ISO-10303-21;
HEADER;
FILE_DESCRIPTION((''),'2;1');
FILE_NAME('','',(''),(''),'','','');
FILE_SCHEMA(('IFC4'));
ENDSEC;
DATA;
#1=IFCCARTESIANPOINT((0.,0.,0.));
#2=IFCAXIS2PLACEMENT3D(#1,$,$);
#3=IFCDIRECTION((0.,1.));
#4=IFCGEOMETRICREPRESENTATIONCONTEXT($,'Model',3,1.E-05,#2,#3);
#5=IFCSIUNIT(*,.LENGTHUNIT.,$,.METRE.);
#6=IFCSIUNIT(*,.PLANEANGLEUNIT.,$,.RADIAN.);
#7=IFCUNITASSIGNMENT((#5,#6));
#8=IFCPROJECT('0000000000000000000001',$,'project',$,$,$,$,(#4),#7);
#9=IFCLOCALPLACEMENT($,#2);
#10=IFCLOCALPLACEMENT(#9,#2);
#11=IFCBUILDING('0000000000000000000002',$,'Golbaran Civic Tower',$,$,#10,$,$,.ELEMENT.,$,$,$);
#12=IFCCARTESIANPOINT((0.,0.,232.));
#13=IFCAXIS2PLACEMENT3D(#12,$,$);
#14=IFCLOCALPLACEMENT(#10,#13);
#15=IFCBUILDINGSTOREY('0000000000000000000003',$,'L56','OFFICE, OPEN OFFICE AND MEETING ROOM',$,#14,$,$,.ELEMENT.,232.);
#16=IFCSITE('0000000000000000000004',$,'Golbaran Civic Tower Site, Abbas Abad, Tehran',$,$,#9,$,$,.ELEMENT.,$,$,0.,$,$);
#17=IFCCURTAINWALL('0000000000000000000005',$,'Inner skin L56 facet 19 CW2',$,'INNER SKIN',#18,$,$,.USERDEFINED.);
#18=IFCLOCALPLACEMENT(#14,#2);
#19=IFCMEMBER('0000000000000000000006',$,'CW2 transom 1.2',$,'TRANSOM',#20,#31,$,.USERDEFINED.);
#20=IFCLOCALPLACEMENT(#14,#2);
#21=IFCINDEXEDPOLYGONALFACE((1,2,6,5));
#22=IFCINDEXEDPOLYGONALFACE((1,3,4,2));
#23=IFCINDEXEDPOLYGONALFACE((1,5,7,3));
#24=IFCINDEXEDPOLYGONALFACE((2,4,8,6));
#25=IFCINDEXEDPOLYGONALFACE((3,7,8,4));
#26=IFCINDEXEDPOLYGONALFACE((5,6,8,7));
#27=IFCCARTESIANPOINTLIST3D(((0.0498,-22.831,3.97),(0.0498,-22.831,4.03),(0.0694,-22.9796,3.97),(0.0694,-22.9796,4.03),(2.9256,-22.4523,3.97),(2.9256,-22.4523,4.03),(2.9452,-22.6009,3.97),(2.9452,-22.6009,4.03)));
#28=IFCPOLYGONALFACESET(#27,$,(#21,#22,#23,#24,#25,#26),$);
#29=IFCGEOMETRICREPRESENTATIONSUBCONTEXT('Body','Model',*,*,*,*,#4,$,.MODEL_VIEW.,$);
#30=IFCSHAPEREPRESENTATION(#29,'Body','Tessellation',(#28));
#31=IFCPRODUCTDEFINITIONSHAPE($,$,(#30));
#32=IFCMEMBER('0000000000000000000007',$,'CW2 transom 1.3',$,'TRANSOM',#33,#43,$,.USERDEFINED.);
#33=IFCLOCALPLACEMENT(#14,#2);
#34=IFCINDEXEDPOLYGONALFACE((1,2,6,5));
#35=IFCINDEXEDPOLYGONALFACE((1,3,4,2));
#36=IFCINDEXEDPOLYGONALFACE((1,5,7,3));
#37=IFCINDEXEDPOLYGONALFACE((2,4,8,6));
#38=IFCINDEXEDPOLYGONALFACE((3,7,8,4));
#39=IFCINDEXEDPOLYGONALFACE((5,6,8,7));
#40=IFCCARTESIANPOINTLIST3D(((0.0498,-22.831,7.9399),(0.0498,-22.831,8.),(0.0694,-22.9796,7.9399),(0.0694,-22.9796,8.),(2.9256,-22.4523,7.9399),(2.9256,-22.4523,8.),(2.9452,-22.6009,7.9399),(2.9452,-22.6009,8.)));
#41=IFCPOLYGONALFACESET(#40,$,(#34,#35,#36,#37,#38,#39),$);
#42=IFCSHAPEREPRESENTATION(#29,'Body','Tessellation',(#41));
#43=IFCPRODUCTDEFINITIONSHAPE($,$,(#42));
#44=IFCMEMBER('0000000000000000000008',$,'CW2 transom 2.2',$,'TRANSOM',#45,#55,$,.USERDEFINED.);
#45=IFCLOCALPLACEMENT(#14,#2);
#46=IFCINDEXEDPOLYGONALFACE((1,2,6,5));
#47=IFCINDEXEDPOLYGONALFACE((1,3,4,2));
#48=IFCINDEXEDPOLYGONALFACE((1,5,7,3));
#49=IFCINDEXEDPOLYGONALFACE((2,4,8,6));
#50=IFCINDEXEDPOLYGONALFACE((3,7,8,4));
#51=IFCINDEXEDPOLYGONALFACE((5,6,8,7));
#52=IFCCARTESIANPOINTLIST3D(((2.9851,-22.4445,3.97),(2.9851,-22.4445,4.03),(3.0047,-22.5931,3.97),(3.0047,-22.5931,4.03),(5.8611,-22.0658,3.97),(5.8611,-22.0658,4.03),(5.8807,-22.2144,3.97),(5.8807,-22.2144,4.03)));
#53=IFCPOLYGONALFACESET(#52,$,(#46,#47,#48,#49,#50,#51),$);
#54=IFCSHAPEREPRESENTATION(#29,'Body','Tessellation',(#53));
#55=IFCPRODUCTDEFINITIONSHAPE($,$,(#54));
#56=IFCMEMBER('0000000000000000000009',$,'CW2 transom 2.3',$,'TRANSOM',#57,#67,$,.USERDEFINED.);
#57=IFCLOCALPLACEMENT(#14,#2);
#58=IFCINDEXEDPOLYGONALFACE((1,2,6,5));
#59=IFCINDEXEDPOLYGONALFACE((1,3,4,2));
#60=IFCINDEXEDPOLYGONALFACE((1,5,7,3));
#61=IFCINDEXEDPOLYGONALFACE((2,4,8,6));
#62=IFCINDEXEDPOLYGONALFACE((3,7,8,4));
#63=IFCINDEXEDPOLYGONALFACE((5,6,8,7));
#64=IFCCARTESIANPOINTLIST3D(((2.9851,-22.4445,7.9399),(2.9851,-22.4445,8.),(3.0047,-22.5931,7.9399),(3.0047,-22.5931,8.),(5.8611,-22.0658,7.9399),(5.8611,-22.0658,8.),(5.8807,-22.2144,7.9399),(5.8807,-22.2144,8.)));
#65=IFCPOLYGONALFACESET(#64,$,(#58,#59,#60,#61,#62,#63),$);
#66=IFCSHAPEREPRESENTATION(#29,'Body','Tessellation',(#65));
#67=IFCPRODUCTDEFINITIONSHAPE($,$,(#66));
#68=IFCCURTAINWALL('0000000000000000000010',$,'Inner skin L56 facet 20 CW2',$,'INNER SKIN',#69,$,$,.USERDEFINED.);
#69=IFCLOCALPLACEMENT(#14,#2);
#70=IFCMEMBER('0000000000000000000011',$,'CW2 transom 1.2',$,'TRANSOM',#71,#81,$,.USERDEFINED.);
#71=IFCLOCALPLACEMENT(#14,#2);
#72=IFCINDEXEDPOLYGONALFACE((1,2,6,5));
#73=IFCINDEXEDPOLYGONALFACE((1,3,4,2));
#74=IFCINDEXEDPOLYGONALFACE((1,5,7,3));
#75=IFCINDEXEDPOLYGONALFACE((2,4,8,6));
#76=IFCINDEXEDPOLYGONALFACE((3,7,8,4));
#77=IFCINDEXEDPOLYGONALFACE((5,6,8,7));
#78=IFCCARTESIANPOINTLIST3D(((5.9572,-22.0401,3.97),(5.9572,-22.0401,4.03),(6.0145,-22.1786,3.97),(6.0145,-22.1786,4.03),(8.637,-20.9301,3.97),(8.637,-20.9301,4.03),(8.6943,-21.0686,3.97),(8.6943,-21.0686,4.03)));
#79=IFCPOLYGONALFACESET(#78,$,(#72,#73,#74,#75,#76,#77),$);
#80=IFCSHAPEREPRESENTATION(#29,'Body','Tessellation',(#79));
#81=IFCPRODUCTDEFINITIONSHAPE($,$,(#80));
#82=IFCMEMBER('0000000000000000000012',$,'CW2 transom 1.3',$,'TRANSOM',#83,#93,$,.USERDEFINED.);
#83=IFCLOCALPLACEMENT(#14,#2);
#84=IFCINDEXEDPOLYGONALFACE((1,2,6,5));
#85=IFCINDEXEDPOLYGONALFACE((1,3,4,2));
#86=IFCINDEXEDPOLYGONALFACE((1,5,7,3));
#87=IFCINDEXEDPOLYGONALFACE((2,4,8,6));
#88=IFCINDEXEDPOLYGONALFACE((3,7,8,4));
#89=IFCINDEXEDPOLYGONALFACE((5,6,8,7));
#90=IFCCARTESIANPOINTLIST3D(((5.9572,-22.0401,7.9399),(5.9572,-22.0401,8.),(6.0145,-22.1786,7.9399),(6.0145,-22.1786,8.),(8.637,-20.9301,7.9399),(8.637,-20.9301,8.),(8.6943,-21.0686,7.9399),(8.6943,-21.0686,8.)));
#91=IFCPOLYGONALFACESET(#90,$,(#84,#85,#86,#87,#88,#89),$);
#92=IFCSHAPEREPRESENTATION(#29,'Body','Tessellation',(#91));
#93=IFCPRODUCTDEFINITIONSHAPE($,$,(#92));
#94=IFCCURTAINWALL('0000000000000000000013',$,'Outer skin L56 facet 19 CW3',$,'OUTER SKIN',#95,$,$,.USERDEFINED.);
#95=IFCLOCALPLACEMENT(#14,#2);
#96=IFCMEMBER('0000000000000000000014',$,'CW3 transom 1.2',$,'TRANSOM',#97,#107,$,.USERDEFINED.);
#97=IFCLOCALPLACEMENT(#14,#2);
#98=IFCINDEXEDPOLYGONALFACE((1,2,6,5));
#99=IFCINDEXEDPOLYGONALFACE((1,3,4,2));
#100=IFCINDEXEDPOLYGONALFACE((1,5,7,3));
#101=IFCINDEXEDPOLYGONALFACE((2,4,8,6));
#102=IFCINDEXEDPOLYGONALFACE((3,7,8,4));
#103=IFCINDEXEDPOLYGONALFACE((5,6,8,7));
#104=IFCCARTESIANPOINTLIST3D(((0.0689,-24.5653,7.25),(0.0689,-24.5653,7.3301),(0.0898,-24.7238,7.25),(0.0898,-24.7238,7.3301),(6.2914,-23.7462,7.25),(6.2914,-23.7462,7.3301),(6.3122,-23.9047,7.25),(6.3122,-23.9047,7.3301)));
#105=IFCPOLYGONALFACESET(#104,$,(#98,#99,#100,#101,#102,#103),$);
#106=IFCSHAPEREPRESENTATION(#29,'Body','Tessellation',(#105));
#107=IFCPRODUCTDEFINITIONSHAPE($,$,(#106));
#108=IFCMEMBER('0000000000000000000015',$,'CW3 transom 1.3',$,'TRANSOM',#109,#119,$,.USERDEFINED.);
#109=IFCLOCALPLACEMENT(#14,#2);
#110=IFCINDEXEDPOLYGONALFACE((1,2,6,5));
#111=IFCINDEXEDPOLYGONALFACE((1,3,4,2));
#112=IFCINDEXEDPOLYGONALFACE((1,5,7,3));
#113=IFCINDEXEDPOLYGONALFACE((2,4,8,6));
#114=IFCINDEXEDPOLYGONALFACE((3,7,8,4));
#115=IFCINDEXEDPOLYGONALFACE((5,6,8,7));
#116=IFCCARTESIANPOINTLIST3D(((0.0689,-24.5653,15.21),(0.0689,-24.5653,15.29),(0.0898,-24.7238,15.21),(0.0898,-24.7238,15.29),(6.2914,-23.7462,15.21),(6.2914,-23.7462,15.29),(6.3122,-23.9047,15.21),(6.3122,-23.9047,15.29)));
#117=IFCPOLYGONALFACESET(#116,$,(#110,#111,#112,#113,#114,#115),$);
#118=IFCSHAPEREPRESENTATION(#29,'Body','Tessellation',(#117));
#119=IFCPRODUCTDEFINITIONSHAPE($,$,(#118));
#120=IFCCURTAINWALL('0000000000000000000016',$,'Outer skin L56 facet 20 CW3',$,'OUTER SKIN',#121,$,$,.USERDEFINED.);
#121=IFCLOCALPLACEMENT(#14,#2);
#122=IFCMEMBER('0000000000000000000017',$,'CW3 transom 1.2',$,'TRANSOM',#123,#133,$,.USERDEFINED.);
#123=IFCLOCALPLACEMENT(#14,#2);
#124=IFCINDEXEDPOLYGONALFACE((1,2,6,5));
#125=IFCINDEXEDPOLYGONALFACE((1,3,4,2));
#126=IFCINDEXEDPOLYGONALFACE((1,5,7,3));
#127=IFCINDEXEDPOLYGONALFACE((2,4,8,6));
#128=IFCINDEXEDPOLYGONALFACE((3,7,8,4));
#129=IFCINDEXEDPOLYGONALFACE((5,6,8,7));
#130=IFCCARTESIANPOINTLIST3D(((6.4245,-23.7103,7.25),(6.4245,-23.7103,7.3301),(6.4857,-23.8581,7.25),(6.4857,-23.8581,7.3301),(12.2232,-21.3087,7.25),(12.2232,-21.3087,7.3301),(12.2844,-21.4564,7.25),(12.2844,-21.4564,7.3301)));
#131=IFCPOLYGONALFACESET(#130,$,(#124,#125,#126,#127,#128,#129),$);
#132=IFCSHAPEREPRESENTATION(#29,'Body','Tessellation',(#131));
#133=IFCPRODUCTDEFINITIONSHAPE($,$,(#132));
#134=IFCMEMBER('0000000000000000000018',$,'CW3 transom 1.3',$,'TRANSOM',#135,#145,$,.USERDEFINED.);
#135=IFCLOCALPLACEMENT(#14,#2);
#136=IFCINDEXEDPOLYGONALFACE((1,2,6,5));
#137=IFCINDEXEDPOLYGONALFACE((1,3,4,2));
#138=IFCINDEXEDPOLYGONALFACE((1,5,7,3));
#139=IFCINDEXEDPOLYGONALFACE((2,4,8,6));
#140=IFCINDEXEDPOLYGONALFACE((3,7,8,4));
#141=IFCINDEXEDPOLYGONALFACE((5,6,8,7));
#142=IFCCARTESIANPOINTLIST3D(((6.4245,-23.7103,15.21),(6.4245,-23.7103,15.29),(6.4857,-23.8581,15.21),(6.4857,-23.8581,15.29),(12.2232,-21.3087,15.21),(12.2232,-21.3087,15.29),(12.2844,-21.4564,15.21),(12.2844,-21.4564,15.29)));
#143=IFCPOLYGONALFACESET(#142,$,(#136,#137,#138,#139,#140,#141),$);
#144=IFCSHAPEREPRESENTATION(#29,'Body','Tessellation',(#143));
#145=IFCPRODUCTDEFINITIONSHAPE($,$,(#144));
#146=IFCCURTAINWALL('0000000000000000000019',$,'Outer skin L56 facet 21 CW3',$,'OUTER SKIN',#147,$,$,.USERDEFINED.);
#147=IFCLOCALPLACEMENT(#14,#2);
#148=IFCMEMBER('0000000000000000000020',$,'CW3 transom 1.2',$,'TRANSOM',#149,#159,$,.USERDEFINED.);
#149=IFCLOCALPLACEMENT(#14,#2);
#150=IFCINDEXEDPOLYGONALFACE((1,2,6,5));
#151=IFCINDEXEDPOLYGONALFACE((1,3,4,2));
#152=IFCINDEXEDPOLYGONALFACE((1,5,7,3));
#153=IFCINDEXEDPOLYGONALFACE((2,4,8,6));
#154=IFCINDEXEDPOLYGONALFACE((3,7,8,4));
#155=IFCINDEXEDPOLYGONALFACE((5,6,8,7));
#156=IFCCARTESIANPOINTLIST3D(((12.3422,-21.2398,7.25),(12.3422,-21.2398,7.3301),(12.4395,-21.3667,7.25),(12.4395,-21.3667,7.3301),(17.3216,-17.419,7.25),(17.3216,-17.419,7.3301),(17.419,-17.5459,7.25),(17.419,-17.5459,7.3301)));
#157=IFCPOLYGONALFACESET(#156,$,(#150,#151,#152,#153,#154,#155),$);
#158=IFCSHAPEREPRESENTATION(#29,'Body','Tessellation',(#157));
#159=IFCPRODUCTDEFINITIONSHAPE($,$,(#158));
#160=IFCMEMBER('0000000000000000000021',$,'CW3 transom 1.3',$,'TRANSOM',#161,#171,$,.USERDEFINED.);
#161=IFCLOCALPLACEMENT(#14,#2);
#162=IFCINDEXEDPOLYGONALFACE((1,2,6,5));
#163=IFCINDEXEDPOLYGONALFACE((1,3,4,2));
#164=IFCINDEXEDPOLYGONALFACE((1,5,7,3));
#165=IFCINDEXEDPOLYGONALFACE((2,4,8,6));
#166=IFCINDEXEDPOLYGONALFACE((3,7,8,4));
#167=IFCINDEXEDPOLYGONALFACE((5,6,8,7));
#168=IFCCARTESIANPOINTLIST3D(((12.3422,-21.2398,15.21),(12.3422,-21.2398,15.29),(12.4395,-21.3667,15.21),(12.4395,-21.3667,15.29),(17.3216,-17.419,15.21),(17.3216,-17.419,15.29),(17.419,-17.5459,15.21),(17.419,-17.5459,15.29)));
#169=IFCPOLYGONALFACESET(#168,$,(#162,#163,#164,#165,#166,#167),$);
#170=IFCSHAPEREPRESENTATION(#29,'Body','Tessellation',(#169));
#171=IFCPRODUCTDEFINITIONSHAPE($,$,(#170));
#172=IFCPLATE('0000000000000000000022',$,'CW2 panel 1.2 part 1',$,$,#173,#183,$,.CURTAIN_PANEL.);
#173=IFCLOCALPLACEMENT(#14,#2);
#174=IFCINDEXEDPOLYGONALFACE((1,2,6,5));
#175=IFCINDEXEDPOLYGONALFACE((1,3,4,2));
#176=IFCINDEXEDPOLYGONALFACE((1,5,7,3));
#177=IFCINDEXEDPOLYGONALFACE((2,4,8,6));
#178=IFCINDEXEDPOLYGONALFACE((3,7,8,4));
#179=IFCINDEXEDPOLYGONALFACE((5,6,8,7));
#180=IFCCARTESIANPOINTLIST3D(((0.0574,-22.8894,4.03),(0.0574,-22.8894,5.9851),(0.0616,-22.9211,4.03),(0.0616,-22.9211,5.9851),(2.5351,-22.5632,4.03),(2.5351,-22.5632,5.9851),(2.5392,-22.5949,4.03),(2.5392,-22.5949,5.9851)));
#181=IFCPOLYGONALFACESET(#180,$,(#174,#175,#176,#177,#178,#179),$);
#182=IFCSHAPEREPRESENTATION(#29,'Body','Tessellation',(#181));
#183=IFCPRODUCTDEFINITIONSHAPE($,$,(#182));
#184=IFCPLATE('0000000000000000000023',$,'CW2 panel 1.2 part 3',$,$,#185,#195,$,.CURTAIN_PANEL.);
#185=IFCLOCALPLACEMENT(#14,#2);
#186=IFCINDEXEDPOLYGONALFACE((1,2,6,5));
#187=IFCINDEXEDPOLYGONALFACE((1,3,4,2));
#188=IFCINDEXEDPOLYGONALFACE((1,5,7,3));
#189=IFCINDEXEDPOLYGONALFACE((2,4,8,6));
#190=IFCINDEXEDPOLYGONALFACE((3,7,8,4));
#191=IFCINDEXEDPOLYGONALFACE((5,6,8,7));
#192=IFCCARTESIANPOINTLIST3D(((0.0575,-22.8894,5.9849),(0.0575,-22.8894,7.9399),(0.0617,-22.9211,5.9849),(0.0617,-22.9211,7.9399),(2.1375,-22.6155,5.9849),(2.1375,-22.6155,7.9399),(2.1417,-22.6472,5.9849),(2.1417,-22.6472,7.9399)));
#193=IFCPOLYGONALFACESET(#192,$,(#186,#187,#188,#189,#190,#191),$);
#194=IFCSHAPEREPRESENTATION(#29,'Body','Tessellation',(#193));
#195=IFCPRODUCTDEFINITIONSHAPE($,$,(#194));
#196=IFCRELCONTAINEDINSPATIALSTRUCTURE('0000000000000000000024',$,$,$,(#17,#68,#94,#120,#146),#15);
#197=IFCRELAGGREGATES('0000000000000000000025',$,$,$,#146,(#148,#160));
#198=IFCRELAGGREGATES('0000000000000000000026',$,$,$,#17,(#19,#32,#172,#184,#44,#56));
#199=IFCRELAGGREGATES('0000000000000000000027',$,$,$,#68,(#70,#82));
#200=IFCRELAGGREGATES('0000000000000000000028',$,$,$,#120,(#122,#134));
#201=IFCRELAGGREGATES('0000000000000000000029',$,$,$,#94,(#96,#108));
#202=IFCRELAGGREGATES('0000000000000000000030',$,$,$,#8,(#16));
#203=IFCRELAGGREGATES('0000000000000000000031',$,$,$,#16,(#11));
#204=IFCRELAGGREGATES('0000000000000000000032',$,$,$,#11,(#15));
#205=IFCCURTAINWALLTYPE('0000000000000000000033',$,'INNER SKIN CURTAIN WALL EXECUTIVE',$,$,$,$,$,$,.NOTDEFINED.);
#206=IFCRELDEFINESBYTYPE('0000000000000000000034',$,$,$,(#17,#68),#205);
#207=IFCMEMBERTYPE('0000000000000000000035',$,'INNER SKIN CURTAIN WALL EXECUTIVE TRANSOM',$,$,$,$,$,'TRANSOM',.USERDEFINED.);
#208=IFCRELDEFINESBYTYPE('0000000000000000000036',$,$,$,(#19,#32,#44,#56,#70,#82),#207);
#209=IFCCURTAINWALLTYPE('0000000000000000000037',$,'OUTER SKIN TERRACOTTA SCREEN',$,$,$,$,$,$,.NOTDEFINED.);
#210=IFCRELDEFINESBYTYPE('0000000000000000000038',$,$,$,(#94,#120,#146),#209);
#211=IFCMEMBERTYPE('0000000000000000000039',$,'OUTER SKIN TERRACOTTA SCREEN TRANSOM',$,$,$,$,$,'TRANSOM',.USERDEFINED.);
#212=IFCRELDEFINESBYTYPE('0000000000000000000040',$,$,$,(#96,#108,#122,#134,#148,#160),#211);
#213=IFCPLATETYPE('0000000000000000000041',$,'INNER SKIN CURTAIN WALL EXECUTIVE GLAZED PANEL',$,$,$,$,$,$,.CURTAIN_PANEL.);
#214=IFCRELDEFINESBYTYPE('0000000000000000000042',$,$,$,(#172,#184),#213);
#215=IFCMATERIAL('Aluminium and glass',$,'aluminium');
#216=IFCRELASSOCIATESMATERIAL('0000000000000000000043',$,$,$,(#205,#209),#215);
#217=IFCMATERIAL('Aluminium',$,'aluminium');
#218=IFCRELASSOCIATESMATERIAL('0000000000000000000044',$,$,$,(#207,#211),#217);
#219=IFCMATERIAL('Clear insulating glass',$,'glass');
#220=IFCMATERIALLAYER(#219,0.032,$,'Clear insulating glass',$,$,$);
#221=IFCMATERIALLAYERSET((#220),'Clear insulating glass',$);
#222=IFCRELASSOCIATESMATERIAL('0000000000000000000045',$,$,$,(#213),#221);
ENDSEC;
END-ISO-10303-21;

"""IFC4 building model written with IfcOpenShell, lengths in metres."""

from ifc_helpers import new_model, si_unit, direction, frame, origin, origin_2d, place, context, subcontext, project, spatial, rectangle, extrude, material, layer, layer_set, material_profile, profile_set, type_object, element, aggregate, save


model = new_model("IFC4")

# Units and contexts
model_context = context("Model", 3, precision=1e-05, world=origin(), true_north=direction((0.0, 1.0)))
body_context = subcontext(model_context, "Body", "Model", "MODEL_VIEW")
ifc_project = project(units=[si_unit("LENGTHUNIT", "METRE"), si_unit("PLANEANGLEUNIT", "RADIAN")], contexts=[model_context])

# Site, building, storey
site_placement = place(None, origin())
site = spatial("IfcSite", under=ifc_project, at=site_placement, Name="Golbaran Civic Tower Site, Abbas Abad, Tehran", CompositionType="ELEMENT", RefElevation=0.0)
building_placement = place(site_placement, origin())
building = spatial("IfcBuilding", under=site, at=building_placement, Name="Golbaran Civic Tower", CompositionType="ELEMENT")
storey_placement = place(building_placement, frame((0.0, 0.0, 232.0)))
storey = spatial("IfcBuildingStorey", under=building, at=storey_placement, Name="L56", Description="OFFICE, OPEN OFFICE AND MEETING ROOM", CompositionType="ELEMENT", Elevation=232.0)

# Curtain walls, members
ifc_material_1 = material(Name="Aluminium and glass", Category="aluminium")
curtain_wall_type_1 = type_object("IfcCurtainWallType", Name="INNER SKIN CURTAIN WALL EXECUTIVE", PredefinedType="NOTDEFINED", material=ifc_material_1)
curtain_wall_1_placement = place(storey_placement, origin())
curtain_wall_1 = element("IfcCurtainWall", 1, at=curtain_wall_1_placement, inside=storey, type_object=curtain_wall_type_1, Name="Inner skin L56 facet 19 CW2", ObjectType="INNER SKIN", PredefinedType="USERDEFINED")
ifc_material_2 = material(Name="Aluminium", Category="aluminium")
ifc_material_profile_1 = material_profile(ifc_material_2, rectangle(XDim=0.1499, YDim=0.0601, at=origin_2d()), Name="INNER SKIN CURTAIN WALL EXECUTIVE TRANSOM")
ifc_profile_set_1 = profile_set([ifc_material_profile_1], Name="Aluminium")
member_type_1 = type_object("IfcMemberType", Name="INNER SKIN CURTAIN WALL EXECUTIVE TRANSOM", ElementType="TRANSOM", PredefinedType="USERDEFINED", material=ifc_profile_set_1)
member_1_placement = place(storey_placement, frame((0.0596, -22.9053, 4.0), z_axis=(0.991442, 0.130548, 0.0), x_axis=(-0.130548, 0.991442, 0.0)))
member_1 = element("IfcMember", 2, at=member_1_placement, type_object=member_type_1, Name="CW2 transom 1.2", ObjectType="TRANSOM", PredefinedType="USERDEFINED", context=body_context, shape_type="SweptSolid", body=[
    extrude(rectangle(XDim=0.1499, YDim=0.0601, at=origin_2d()), origin(), (0.0, 0.0, 1.0), 2.9006),
])
member_2_placement = place(storey_placement, frame((0.0596, -22.9053, 7.97), z_axis=(0.991442, 0.130548, 0.0), x_axis=(-0.130548, 0.991442, 0.0)))
member_2 = element("IfcMember", 3, at=member_2_placement, type_object=member_type_1, Name="CW2 transom 1.3", ObjectType="TRANSOM", PredefinedType="USERDEFINED", context=body_context, shape_type="SweptSolid", body=[
    extrude(rectangle(XDim=0.1499, YDim=0.0601, at=origin_2d()), origin(), (0.0, 0.0, 1.0), 2.9006),
])
member_3_placement = place(storey_placement, frame((2.9949, -22.5188, 4.0), z_axis=(0.991443, 0.130537, 0.0), x_axis=(-0.130537, 0.991443, 0.0)))
member_3 = element("IfcMember", 4, at=member_3_placement, type_object=member_type_1, Name="CW2 transom 2.2", ObjectType="TRANSOM", PredefinedType="USERDEFINED", context=body_context, shape_type="SweptSolid", body=[
    extrude(rectangle(XDim=0.1499, YDim=0.0601, at=origin_2d()), origin(), (0.0, 0.0, 1.0), 2.9009),
])
member_4_placement = place(storey_placement, frame((2.9949, -22.5188, 7.97), z_axis=(0.991443, 0.130537, 0.0), x_axis=(-0.130537, 0.991443, 0.0)))
member_4 = element("IfcMember", 5, at=member_4_placement, type_object=member_type_1, Name="CW2 transom 2.3", ObjectType="TRANSOM", PredefinedType="USERDEFINED", context=body_context, shape_type="SweptSolid", body=[
    extrude(rectangle(XDim=0.1499, YDim=0.0601, at=origin_2d()), origin(), (0.0, 0.0, 1.0), 2.9009),
])
curtain_wall_2_placement = place(storey_placement, origin())
curtain_wall_2 = element("IfcCurtainWall", 6, at=curtain_wall_2_placement, inside=storey, type_object=curtain_wall_type_1, Name="Inner skin L56 facet 20 CW2", ObjectType="INNER SKIN", PredefinedType="USERDEFINED")
member_5_placement = place(storey_placement, frame((5.9858, -22.1094, 4.0), z_axis=(0.923874, 0.382696, 0.0), x_axis=(-0.382696, 0.923874, 0.0)))
member_5 = element("IfcMember", 7, at=member_5_placement, type_object=member_type_1, Name="CW2 transom 1.2", ObjectType="TRANSOM", PredefinedType="USERDEFINED", context=body_context, shape_type="SweptSolid", body=[
    extrude(rectangle(XDim=0.1499, YDim=0.0601, at=origin_2d()), origin(), (0.0, 0.0, 1.0), 2.9006),
])
member_6_placement = place(storey_placement, frame((5.9858, -22.1094, 7.97), z_axis=(0.923874, 0.382696, 0.0), x_axis=(-0.382696, 0.923874, 0.0)))
member_6 = element("IfcMember", 8, at=member_6_placement, type_object=member_type_1, Name="CW2 transom 1.3", ObjectType="TRANSOM", PredefinedType="USERDEFINED", context=body_context, shape_type="SweptSolid", body=[
    extrude(rectangle(XDim=0.1499, YDim=0.0601, at=origin_2d()), origin(), (0.0, 0.0, 1.0), 2.9006),
])
curtain_wall_type_2 = type_object("IfcCurtainWallType", Name="OUTER SKIN TERRACOTTA SCREEN", PredefinedType="NOTDEFINED", material=ifc_material_1)
curtain_wall_3_placement = place(storey_placement, origin())
curtain_wall_3 = element("IfcCurtainWall", 9, at=curtain_wall_3_placement, inside=storey, type_object=curtain_wall_type_2, Name="Outer skin L56 facet 19 CW3", ObjectType="OUTER SKIN", PredefinedType="USERDEFINED")
ifc_material_profile_2 = material_profile(ifc_material_2, rectangle(XDim=0.1599, YDim=0.0801, at=origin_2d()), Name="OUTER SKIN TERRACOTTA SCREEN TRANSOM")
ifc_profile_set_2 = profile_set([ifc_material_profile_2], Name="Aluminium")
member_type_2 = type_object("IfcMemberType", Name="OUTER SKIN TERRACOTTA SCREEN TRANSOM", ElementType="TRANSOM", PredefinedType="USERDEFINED", material=ifc_profile_set_2)
member_7_placement = place(storey_placement, frame((0.0793, -24.6445, 7.29), z_axis=(0.991447, 0.13051, 0.0), x_axis=(-0.13051, 0.991447, 0.0)))
member_7 = element("IfcMember", 10, at=member_7_placement, type_object=member_type_2, Name="CW3 transom 1.2", ObjectType="TRANSOM", PredefinedType="USERDEFINED", context=body_context, shape_type="SweptSolid", body=[
    extrude(rectangle(XDim=0.1599, YDim=0.0801, at=origin_2d()), origin(), (0.0, 0.0, 1.0), 6.2761),
])
member_8_placement = place(storey_placement, frame((0.0793, -24.6445, 15.25), z_axis=(0.991447, 0.13051, 0.0), x_axis=(-0.13051, 0.991447, 0.0)))
member_8 = element("IfcMember", 11, at=member_8_placement, type_object=member_type_2, Name="CW3 transom 1.3", ObjectType="TRANSOM", PredefinedType="USERDEFINED", context=body_context, shape_type="SweptSolid", body=[
    extrude(rectangle(XDim=0.1599, YDim=0.0801, at=origin_2d()), origin(), (0.0, 0.0, 1.0), 6.2761),
])
curtain_wall_4_placement = place(storey_placement, origin())
curtain_wall_4 = element("IfcCurtainWall", 12, at=curtain_wall_4_placement, inside=storey, type_object=curtain_wall_type_2, Name="Outer skin L56 facet 20 CW3", ObjectType="OUTER SKIN", PredefinedType="USERDEFINED")
member_9_placement = place(storey_placement, frame((6.4551, -23.7842, 7.29), z_axis=(0.923893, 0.382651, 0.0), x_axis=(-0.382651, 0.923893, 0.0)))
member_9 = element("IfcMember", 13, at=member_9_placement, type_object=member_type_2, Name="CW3 transom 1.2", ObjectType="TRANSOM", PredefinedType="USERDEFINED", context=body_context, shape_type="SweptSolid", body=[
    extrude(rectangle(XDim=0.1599, YDim=0.0801, at=origin_2d()), origin(), (0.0, 0.0, 1.0), 6.2764),
])
member_10_placement = place(storey_placement, frame((6.4551, -23.7842, 15.25), z_axis=(0.923893, 0.382651, 0.0), x_axis=(-0.382651, 0.923893, 0.0)))
member_10 = element("IfcMember", 14, at=member_10_placement, type_object=member_type_2, Name="CW3 transom 1.3", ObjectType="TRANSOM", PredefinedType="USERDEFINED", context=body_context, shape_type="SweptSolid", body=[
    extrude(rectangle(XDim=0.1599, YDim=0.0801, at=origin_2d()), origin(), (0.0, 0.0, 1.0), 6.2764),
])
curtain_wall_5_placement = place(storey_placement, origin())
curtain_wall_5 = element("IfcCurtainWall", 15, at=curtain_wall_5_placement, inside=storey, type_object=curtain_wall_type_2, Name="Outer skin L56 facet 21 CW3", ObjectType="OUTER SKIN", PredefinedType="USERDEFINED")
member_11_placement = place(storey_placement, frame((12.3909, -21.3032, 7.29), z_axis=(0.793361, 0.608752, 0.0), x_axis=(-0.608752, 0.793361, 0.0)))
member_11 = element("IfcMember", 16, at=member_11_placement, type_object=member_type_2, Name="CW3 transom 1.2", ObjectType="TRANSOM", PredefinedType="USERDEFINED", context=body_context, shape_type="SweptSolid", body=[
    extrude(rectangle(XDim=0.1599, YDim=0.0801, at=origin_2d()), origin(), (0.0, 0.0, 1.0), 6.2764),
])
member_12_placement = place(storey_placement, frame((12.3909, -21.3032, 15.25), z_axis=(0.793361, 0.608752, 0.0), x_axis=(-0.608752, 0.793361, 0.0)))
member_12 = element("IfcMember", 17, at=member_12_placement, type_object=member_type_2, Name="CW3 transom 1.3", ObjectType="TRANSOM", PredefinedType="USERDEFINED", context=body_context, shape_type="SweptSolid", body=[
    extrude(rectangle(XDim=0.1599, YDim=0.0801, at=origin_2d()), origin(), (0.0, 0.0, 1.0), 6.2764),
])
aggregate(curtain_wall_5, [member_11, member_12])

# Plates
ifc_material_3 = material(Name="Clear insulating glass", Category="glass")
ifc_layer_1 = layer(ifc_material_3, 0.032, Name="Clear insulating glass")
ifc_layer_set_1 = layer_set([ifc_layer_1], Name="Clear insulating glass")
plate_type_1 = type_object("IfcPlateType", Name="INNER SKIN CURTAIN WALL EXECUTIVE GLAZED PANEL", PredefinedType="CURTAIN_PANEL", material=ifc_layer_set_1)
plate_1_placement = place(storey_placement, frame((1.2983, -22.7422, 4.03), z_axis=(0.0, 0.0, 1.0), x_axis=(0.991445, 0.130526, 0.0)))
plate_1 = element("IfcPlate", 18, at=plate_1_placement, type_object=plate_type_1, Name="CW2 panel 1.2 part 1", PredefinedType="CURTAIN_PANEL", context=body_context, shape_type="SweptSolid", body=[
    extrude(rectangle(XDim=2.499, YDim=0.032, at=origin_2d()), origin(), (0.0, 0.0, 1.0), 1.9551),
])
plate_2_placement = place(storey_placement, frame((1.0996, -22.7683, 5.9849), z_axis=(0.0, 0.0, 1.0), x_axis=(0.991445, 0.130526, 0.0)))
plate_2 = element("IfcPlate", 19, at=plate_2_placement, type_object=plate_type_1, Name="CW2 panel 1.2 part 3", PredefinedType="CURTAIN_PANEL", context=body_context, shape_type="SweptSolid", body=[
    extrude(rectangle(XDim=2.0979, YDim=0.032, at=origin_2d()), origin(), (0.0, 0.0, 1.0), 1.9551),
])
aggregate(curtain_wall_1, [member_1, member_2, plate_1, plate_2, member_3, member_4])
aggregate(curtain_wall_2, [member_5, member_6])
aggregate(curtain_wall_4, [member_9, member_10])
aggregate(curtain_wall_3, [member_7, member_8])

save(model, "model.ifc")
